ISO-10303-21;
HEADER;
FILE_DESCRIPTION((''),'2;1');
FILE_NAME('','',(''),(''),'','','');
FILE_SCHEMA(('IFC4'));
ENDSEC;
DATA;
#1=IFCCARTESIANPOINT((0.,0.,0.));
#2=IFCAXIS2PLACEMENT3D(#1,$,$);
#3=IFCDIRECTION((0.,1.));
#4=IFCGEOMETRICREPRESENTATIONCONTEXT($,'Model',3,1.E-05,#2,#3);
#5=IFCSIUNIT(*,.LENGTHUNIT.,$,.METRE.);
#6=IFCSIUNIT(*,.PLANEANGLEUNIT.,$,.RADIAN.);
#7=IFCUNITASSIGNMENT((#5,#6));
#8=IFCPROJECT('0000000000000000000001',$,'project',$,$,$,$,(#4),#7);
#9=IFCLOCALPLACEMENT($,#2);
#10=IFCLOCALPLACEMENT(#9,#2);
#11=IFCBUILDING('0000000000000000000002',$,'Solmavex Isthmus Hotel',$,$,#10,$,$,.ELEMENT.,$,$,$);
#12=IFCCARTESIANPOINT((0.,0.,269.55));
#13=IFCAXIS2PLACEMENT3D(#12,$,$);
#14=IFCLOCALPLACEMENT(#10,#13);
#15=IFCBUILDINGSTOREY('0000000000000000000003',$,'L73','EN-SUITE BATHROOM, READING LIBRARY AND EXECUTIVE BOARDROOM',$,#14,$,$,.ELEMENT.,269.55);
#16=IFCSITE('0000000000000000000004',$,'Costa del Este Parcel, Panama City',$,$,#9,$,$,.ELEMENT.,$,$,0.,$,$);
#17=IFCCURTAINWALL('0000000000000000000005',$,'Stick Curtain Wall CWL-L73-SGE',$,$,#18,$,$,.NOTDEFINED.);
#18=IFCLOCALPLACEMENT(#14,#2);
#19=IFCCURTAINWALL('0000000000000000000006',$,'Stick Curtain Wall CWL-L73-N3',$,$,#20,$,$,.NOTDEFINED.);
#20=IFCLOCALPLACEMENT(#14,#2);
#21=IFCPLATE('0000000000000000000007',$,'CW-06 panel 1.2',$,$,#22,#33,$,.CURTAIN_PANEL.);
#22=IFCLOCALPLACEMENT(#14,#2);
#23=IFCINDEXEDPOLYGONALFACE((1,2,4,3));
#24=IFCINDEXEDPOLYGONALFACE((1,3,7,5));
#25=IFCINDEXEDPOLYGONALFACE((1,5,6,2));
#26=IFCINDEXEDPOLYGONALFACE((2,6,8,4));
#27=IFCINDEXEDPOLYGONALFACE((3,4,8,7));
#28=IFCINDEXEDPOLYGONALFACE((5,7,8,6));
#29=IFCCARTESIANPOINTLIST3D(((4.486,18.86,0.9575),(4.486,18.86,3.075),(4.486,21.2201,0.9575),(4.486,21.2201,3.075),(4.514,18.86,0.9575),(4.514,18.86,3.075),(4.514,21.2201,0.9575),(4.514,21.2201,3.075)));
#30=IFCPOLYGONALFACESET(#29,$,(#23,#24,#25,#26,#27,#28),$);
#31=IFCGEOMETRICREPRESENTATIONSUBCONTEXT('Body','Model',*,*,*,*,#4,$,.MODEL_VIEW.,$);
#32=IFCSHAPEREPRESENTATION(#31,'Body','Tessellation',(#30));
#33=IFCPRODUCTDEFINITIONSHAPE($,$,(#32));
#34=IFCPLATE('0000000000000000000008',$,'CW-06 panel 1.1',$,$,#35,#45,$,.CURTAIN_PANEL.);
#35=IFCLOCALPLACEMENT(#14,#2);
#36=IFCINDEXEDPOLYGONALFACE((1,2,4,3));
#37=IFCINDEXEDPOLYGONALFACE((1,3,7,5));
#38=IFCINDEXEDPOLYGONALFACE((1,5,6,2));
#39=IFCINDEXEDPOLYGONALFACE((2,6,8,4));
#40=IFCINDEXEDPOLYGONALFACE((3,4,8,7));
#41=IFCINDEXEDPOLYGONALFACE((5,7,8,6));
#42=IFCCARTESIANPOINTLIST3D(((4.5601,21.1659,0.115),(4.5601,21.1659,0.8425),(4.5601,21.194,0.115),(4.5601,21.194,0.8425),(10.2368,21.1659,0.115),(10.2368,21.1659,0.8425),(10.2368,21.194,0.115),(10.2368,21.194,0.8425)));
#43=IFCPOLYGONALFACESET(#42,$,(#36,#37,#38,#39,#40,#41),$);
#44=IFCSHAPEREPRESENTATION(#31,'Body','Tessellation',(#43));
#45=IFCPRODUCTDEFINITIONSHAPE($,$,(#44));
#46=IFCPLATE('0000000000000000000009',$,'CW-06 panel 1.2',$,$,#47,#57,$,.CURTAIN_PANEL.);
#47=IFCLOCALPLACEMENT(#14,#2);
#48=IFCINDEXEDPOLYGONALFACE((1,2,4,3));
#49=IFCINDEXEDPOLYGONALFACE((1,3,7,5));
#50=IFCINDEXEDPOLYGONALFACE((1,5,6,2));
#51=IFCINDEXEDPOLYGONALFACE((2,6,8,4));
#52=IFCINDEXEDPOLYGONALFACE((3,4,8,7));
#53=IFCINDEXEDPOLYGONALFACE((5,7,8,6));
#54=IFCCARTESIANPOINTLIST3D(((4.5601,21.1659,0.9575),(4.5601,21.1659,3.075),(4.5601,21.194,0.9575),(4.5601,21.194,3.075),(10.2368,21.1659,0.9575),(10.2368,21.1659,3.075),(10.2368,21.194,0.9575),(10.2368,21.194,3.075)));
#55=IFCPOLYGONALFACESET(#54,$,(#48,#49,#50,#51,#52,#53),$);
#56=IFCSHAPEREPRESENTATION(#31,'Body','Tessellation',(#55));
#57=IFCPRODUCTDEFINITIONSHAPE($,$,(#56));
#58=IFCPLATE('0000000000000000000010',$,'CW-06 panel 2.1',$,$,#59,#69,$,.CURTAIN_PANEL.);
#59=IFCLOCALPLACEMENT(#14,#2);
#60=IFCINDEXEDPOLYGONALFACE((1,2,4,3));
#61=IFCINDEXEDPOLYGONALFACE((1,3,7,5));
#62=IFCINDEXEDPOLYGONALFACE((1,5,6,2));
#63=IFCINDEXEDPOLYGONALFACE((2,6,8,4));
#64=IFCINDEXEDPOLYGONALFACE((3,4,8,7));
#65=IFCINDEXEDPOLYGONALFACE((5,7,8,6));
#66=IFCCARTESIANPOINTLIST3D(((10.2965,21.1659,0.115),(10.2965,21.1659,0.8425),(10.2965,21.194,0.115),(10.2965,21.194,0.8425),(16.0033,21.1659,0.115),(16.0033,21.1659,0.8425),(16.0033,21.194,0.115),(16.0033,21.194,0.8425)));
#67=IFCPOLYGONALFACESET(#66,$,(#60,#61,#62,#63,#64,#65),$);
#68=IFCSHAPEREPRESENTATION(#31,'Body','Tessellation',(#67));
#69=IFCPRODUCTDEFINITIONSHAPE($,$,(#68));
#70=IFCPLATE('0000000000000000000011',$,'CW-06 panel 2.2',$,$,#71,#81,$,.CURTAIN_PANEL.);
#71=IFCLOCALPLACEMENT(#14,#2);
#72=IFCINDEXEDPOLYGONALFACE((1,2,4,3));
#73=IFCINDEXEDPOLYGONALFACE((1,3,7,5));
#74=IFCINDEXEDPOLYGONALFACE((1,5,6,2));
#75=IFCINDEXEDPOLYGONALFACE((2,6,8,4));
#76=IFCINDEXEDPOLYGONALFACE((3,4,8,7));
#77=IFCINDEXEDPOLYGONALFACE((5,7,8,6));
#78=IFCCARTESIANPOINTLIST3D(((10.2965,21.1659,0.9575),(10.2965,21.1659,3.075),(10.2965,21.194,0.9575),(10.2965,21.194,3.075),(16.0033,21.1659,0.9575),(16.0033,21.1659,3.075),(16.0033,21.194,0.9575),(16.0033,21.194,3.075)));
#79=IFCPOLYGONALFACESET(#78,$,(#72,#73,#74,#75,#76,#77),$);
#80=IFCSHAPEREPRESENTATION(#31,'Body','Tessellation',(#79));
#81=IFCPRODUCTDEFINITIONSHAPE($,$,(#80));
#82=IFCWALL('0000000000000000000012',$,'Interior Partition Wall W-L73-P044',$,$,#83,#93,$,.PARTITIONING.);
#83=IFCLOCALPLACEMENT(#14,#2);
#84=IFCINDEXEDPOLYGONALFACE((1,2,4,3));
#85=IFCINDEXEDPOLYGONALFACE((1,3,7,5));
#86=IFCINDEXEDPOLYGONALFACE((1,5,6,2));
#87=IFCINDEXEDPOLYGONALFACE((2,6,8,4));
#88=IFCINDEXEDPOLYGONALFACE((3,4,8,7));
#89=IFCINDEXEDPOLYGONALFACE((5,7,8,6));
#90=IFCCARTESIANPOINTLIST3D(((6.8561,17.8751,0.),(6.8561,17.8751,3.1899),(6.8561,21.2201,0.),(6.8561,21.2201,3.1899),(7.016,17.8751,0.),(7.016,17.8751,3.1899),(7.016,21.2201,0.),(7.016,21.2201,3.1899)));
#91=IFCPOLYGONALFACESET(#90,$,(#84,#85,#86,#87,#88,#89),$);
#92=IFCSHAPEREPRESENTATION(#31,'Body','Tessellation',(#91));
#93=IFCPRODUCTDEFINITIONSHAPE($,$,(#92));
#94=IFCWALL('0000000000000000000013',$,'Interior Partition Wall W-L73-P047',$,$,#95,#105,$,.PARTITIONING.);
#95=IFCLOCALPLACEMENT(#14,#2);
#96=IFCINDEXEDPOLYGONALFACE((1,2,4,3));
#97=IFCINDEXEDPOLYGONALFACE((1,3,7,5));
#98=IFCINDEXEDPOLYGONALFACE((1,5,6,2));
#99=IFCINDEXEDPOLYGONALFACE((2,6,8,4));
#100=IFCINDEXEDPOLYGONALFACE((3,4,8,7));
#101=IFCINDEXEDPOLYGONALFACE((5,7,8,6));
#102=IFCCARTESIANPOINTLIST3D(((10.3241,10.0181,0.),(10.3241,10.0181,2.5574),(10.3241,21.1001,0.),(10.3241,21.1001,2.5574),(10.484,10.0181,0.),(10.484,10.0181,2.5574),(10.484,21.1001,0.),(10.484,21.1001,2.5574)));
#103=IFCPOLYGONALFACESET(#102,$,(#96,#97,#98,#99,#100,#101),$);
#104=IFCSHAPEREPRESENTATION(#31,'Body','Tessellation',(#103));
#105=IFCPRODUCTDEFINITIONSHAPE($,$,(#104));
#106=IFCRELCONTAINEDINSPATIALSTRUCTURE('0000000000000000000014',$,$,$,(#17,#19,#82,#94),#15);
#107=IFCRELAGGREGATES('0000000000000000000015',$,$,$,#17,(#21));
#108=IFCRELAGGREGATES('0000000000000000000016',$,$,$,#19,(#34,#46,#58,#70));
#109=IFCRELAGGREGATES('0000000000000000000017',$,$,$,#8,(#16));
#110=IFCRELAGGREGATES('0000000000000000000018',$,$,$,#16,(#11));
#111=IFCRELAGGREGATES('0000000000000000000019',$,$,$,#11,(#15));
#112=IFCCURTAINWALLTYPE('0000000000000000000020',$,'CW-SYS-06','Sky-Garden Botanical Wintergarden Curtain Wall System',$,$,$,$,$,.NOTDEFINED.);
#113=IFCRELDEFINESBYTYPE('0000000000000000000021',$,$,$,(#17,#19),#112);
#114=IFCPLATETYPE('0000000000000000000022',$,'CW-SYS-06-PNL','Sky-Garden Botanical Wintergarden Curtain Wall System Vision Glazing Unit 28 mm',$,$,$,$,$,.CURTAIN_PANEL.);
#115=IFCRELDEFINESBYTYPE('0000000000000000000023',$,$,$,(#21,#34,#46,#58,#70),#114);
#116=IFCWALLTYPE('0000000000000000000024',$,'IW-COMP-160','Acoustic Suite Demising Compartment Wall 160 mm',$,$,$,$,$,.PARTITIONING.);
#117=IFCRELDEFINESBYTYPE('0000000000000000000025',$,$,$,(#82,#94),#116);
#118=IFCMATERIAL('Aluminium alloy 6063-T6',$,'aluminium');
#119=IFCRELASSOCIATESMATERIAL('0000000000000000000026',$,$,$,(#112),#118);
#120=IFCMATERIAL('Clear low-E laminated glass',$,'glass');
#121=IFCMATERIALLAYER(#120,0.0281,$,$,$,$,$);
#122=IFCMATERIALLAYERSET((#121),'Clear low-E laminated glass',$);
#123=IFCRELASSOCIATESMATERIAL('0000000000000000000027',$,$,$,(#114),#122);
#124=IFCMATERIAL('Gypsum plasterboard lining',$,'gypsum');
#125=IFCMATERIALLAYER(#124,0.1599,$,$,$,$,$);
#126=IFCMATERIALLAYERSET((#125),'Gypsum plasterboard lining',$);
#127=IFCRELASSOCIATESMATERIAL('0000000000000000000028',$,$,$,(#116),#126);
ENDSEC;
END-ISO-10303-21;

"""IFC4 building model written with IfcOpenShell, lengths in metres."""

from ifc_helpers import new_model, si_unit, direction, frame, frame_2d, origin, origin_2d, place, context, subcontext, project, spatial, rectangle, extrude, material, layer, layer_set, type_object, element, aggregate, save


model = new_model("IFC4")

# Units and contexts
model_context = context("Model", 3, precision=1e-05, world=origin(), true_north=direction((0.0, 1.0)))
body_context = subcontext(model_context, "Body", "Model", "MODEL_VIEW")
ifc_project = project(units=[si_unit("LENGTHUNIT", "METRE"), si_unit("PLANEANGLEUNIT", "RADIAN")], contexts=[model_context])

# Site, building, storey
site_placement = place(None, origin())
site = spatial("IfcSite", under=ifc_project, at=site_placement, Name="Costa del Este Parcel, Panama City", CompositionType="ELEMENT", RefElevation=0.0)
building_placement = place(site_placement, origin())
building = spatial("IfcBuilding", under=site, at=building_placement, Name="Solmavex Isthmus Hotel", CompositionType="ELEMENT")
storey_placement = place(building_placement, frame((0.0, 0.0, 269.55)))
storey = spatial("IfcBuildingStorey", under=building, at=storey_placement, Name="L73", Description="EN-SUITE BATHROOM, READING LIBRARY AND EXECUTIVE BOARDROOM", CompositionType="ELEMENT", Elevation=269.55)

# Curtain walls
ifc_material_1 = material(Name="Aluminium alloy 6063-T6", Category="aluminium")
curtain_wall_type = type_object("IfcCurtainWallType", Name="CW-SYS-06", Description="Sky-Garden Botanical Wintergarden Curtain Wall System", PredefinedType="NOTDEFINED", material=ifc_material_1)
curtain_wall_1_placement = place(storey_placement, origin())
curtain_wall_1 = element("IfcCurtainWall", 1, at=curtain_wall_1_placement, inside=storey, type_object=curtain_wall_type, Name="Stick Curtain Wall CWL-L73-SGE", PredefinedType="NOTDEFINED")
curtain_wall_2_placement = place(storey_placement, origin())
curtain_wall_2 = element("IfcCurtainWall", 2, at=curtain_wall_2_placement, inside=storey, type_object=curtain_wall_type, Name="Stick Curtain Wall CWL-L73-N3", PredefinedType="NOTDEFINED")

# Plates
ifc_material_2 = material(Name="Clear low-E laminated glass", Category="glass")
ifc_layer_1 = layer(ifc_material_2, 0.0281)
ifc_layer_set_1 = layer_set([ifc_layer_1], Name="Clear low-E laminated glass")
plate_type = type_object("IfcPlateType", Name="CW-SYS-06-PNL", Description="Sky-Garden Botanical Wintergarden Curtain Wall System Vision Glazing Unit 28 mm", PredefinedType="CURTAIN_PANEL", material=ifc_layer_set_1)
plate_1_placement = place(storey_placement, frame((4.5, 20.04, 0.9575), z_axis=(0.0, 0.0, 1.0), x_axis=(0.0, 1.0, 0.0)))
plate_1 = element("IfcPlate", 3, at=plate_1_placement, type_object=plate_type, Name="CW-06 panel 1.2", PredefinedType="CURTAIN_PANEL", context=body_context, shape_type="SweptSolid", body=[
    extrude(rectangle(XDim=2.3601, YDim=0.0281, at=origin_2d()), origin(), (0.0, 0.0, 1.0), 2.1174),
])
aggregate(curtain_wall_1, [plate_1])
plate_2_placement = place(storey_placement, frame((7.3984, 21.1799, 0.115), z_axis=(0.0, 0.0, 1.0), x_axis=(1.0, 0.0, 0.0)))
plate_2 = element("IfcPlate", 4, at=plate_2_placement, type_object=plate_type, Name="CW-06 panel 1.1", PredefinedType="CURTAIN_PANEL", context=body_context, shape_type="SweptSolid", body=[
    extrude(rectangle(XDim=5.6768, YDim=0.0281, at=origin_2d()), origin(), (0.0, 0.0, 1.0), 0.7275),
])
plate_3_placement = place(storey_placement, frame((7.3984, 21.1799, 0.9575), z_axis=(0.0, 0.0, 1.0), x_axis=(1.0, 0.0, 0.0)))
plate_3 = element("IfcPlate", 5, at=plate_3_placement, type_object=plate_type, Name="CW-06 panel 1.2", PredefinedType="CURTAIN_PANEL", context=body_context, shape_type="SweptSolid", body=[
    extrude(rectangle(XDim=5.6768, YDim=0.0281, at=origin_2d()), origin(), (0.0, 0.0, 1.0), 2.1174),
])
plate_4_placement = place(storey_placement, frame((13.1499, 21.1799, 0.115), z_axis=(0.0, 0.0, 1.0), x_axis=(1.0, 0.0, 0.0)))
plate_4 = element("IfcPlate", 6, at=plate_4_placement, type_object=plate_type, Name="CW-06 panel 2.1", PredefinedType="CURTAIN_PANEL", context=body_context, shape_type="SweptSolid", body=[
    extrude(rectangle(XDim=5.7068, YDim=0.0281, at=origin_2d()), origin(), (0.0, 0.0, 1.0), 0.7275),
])
plate_5_placement = place(storey_placement, frame((13.1499, 21.1799, 0.9575), z_axis=(0.0, 0.0, 1.0), x_axis=(1.0, 0.0, 0.0)))
plate_5 = element("IfcPlate", 7, at=plate_5_placement, type_object=plate_type, Name="CW-06 panel 2.2", PredefinedType="CURTAIN_PANEL", context=body_context, shape_type="SweptSolid", body=[
    extrude(rectangle(XDim=5.7068, YDim=0.0281, at=origin_2d()), origin(), (0.0, 0.0, 1.0), 2.1174),
])
aggregate(curtain_wall_2, [plate_2, plate_3, plate_4, plate_5])

# Walls
ifc_material_3 = material(Name="Gypsum plasterboard lining", Category="gypsum")
ifc_layer_2 = layer(ifc_material_3, 0.1599)
ifc_layer_set_2 = layer_set([ifc_layer_2], Name="Gypsum plasterboard lining")
wall_type = type_object("IfcWallType", Name="IW-COMP-160", Description="Acoustic Suite Demising Compartment Wall 160 mm", PredefinedType="PARTITIONING", material=ifc_layer_set_2)
wall_1_placement = place(storey_placement, frame((6.936, 21.22, 0.0), z_axis=(0.0, 0.0, 1.0), x_axis=(0.0, -1.0, 0.0)))
element("IfcWall", 8, at=wall_1_placement, inside=storey, type_object=wall_type, Name="Interior Partition Wall W-L73-P044", PredefinedType="PARTITIONING", context=body_context, shape_type="SweptSolid", body=[
    extrude(rectangle(XDim=3.345, YDim=0.1599, at=frame_2d((1.6724, 0.0))), origin(), (0.0, 0.0, 1.0), 3.1899),
])
wall_2_placement = place(storey_placement, frame((10.4041, 21.1001, 0.0), z_axis=(0.0, 0.0, 1.0), x_axis=(0.0, -1.0, 0.0)))
element("IfcWall", 9, at=wall_2_placement, inside=storey, type_object=wall_type, Name="Interior Partition Wall W-L73-P047", PredefinedType="PARTITIONING", context=body_context, shape_type="SweptSolid", body=[
    extrude(rectangle(XDim=11.082, YDim=0.1599, at=frame_2d((5.541, 0.0))), origin(), (0.0, 0.0, 1.0), 2.5574),
])

save(model, "model.ifc")
